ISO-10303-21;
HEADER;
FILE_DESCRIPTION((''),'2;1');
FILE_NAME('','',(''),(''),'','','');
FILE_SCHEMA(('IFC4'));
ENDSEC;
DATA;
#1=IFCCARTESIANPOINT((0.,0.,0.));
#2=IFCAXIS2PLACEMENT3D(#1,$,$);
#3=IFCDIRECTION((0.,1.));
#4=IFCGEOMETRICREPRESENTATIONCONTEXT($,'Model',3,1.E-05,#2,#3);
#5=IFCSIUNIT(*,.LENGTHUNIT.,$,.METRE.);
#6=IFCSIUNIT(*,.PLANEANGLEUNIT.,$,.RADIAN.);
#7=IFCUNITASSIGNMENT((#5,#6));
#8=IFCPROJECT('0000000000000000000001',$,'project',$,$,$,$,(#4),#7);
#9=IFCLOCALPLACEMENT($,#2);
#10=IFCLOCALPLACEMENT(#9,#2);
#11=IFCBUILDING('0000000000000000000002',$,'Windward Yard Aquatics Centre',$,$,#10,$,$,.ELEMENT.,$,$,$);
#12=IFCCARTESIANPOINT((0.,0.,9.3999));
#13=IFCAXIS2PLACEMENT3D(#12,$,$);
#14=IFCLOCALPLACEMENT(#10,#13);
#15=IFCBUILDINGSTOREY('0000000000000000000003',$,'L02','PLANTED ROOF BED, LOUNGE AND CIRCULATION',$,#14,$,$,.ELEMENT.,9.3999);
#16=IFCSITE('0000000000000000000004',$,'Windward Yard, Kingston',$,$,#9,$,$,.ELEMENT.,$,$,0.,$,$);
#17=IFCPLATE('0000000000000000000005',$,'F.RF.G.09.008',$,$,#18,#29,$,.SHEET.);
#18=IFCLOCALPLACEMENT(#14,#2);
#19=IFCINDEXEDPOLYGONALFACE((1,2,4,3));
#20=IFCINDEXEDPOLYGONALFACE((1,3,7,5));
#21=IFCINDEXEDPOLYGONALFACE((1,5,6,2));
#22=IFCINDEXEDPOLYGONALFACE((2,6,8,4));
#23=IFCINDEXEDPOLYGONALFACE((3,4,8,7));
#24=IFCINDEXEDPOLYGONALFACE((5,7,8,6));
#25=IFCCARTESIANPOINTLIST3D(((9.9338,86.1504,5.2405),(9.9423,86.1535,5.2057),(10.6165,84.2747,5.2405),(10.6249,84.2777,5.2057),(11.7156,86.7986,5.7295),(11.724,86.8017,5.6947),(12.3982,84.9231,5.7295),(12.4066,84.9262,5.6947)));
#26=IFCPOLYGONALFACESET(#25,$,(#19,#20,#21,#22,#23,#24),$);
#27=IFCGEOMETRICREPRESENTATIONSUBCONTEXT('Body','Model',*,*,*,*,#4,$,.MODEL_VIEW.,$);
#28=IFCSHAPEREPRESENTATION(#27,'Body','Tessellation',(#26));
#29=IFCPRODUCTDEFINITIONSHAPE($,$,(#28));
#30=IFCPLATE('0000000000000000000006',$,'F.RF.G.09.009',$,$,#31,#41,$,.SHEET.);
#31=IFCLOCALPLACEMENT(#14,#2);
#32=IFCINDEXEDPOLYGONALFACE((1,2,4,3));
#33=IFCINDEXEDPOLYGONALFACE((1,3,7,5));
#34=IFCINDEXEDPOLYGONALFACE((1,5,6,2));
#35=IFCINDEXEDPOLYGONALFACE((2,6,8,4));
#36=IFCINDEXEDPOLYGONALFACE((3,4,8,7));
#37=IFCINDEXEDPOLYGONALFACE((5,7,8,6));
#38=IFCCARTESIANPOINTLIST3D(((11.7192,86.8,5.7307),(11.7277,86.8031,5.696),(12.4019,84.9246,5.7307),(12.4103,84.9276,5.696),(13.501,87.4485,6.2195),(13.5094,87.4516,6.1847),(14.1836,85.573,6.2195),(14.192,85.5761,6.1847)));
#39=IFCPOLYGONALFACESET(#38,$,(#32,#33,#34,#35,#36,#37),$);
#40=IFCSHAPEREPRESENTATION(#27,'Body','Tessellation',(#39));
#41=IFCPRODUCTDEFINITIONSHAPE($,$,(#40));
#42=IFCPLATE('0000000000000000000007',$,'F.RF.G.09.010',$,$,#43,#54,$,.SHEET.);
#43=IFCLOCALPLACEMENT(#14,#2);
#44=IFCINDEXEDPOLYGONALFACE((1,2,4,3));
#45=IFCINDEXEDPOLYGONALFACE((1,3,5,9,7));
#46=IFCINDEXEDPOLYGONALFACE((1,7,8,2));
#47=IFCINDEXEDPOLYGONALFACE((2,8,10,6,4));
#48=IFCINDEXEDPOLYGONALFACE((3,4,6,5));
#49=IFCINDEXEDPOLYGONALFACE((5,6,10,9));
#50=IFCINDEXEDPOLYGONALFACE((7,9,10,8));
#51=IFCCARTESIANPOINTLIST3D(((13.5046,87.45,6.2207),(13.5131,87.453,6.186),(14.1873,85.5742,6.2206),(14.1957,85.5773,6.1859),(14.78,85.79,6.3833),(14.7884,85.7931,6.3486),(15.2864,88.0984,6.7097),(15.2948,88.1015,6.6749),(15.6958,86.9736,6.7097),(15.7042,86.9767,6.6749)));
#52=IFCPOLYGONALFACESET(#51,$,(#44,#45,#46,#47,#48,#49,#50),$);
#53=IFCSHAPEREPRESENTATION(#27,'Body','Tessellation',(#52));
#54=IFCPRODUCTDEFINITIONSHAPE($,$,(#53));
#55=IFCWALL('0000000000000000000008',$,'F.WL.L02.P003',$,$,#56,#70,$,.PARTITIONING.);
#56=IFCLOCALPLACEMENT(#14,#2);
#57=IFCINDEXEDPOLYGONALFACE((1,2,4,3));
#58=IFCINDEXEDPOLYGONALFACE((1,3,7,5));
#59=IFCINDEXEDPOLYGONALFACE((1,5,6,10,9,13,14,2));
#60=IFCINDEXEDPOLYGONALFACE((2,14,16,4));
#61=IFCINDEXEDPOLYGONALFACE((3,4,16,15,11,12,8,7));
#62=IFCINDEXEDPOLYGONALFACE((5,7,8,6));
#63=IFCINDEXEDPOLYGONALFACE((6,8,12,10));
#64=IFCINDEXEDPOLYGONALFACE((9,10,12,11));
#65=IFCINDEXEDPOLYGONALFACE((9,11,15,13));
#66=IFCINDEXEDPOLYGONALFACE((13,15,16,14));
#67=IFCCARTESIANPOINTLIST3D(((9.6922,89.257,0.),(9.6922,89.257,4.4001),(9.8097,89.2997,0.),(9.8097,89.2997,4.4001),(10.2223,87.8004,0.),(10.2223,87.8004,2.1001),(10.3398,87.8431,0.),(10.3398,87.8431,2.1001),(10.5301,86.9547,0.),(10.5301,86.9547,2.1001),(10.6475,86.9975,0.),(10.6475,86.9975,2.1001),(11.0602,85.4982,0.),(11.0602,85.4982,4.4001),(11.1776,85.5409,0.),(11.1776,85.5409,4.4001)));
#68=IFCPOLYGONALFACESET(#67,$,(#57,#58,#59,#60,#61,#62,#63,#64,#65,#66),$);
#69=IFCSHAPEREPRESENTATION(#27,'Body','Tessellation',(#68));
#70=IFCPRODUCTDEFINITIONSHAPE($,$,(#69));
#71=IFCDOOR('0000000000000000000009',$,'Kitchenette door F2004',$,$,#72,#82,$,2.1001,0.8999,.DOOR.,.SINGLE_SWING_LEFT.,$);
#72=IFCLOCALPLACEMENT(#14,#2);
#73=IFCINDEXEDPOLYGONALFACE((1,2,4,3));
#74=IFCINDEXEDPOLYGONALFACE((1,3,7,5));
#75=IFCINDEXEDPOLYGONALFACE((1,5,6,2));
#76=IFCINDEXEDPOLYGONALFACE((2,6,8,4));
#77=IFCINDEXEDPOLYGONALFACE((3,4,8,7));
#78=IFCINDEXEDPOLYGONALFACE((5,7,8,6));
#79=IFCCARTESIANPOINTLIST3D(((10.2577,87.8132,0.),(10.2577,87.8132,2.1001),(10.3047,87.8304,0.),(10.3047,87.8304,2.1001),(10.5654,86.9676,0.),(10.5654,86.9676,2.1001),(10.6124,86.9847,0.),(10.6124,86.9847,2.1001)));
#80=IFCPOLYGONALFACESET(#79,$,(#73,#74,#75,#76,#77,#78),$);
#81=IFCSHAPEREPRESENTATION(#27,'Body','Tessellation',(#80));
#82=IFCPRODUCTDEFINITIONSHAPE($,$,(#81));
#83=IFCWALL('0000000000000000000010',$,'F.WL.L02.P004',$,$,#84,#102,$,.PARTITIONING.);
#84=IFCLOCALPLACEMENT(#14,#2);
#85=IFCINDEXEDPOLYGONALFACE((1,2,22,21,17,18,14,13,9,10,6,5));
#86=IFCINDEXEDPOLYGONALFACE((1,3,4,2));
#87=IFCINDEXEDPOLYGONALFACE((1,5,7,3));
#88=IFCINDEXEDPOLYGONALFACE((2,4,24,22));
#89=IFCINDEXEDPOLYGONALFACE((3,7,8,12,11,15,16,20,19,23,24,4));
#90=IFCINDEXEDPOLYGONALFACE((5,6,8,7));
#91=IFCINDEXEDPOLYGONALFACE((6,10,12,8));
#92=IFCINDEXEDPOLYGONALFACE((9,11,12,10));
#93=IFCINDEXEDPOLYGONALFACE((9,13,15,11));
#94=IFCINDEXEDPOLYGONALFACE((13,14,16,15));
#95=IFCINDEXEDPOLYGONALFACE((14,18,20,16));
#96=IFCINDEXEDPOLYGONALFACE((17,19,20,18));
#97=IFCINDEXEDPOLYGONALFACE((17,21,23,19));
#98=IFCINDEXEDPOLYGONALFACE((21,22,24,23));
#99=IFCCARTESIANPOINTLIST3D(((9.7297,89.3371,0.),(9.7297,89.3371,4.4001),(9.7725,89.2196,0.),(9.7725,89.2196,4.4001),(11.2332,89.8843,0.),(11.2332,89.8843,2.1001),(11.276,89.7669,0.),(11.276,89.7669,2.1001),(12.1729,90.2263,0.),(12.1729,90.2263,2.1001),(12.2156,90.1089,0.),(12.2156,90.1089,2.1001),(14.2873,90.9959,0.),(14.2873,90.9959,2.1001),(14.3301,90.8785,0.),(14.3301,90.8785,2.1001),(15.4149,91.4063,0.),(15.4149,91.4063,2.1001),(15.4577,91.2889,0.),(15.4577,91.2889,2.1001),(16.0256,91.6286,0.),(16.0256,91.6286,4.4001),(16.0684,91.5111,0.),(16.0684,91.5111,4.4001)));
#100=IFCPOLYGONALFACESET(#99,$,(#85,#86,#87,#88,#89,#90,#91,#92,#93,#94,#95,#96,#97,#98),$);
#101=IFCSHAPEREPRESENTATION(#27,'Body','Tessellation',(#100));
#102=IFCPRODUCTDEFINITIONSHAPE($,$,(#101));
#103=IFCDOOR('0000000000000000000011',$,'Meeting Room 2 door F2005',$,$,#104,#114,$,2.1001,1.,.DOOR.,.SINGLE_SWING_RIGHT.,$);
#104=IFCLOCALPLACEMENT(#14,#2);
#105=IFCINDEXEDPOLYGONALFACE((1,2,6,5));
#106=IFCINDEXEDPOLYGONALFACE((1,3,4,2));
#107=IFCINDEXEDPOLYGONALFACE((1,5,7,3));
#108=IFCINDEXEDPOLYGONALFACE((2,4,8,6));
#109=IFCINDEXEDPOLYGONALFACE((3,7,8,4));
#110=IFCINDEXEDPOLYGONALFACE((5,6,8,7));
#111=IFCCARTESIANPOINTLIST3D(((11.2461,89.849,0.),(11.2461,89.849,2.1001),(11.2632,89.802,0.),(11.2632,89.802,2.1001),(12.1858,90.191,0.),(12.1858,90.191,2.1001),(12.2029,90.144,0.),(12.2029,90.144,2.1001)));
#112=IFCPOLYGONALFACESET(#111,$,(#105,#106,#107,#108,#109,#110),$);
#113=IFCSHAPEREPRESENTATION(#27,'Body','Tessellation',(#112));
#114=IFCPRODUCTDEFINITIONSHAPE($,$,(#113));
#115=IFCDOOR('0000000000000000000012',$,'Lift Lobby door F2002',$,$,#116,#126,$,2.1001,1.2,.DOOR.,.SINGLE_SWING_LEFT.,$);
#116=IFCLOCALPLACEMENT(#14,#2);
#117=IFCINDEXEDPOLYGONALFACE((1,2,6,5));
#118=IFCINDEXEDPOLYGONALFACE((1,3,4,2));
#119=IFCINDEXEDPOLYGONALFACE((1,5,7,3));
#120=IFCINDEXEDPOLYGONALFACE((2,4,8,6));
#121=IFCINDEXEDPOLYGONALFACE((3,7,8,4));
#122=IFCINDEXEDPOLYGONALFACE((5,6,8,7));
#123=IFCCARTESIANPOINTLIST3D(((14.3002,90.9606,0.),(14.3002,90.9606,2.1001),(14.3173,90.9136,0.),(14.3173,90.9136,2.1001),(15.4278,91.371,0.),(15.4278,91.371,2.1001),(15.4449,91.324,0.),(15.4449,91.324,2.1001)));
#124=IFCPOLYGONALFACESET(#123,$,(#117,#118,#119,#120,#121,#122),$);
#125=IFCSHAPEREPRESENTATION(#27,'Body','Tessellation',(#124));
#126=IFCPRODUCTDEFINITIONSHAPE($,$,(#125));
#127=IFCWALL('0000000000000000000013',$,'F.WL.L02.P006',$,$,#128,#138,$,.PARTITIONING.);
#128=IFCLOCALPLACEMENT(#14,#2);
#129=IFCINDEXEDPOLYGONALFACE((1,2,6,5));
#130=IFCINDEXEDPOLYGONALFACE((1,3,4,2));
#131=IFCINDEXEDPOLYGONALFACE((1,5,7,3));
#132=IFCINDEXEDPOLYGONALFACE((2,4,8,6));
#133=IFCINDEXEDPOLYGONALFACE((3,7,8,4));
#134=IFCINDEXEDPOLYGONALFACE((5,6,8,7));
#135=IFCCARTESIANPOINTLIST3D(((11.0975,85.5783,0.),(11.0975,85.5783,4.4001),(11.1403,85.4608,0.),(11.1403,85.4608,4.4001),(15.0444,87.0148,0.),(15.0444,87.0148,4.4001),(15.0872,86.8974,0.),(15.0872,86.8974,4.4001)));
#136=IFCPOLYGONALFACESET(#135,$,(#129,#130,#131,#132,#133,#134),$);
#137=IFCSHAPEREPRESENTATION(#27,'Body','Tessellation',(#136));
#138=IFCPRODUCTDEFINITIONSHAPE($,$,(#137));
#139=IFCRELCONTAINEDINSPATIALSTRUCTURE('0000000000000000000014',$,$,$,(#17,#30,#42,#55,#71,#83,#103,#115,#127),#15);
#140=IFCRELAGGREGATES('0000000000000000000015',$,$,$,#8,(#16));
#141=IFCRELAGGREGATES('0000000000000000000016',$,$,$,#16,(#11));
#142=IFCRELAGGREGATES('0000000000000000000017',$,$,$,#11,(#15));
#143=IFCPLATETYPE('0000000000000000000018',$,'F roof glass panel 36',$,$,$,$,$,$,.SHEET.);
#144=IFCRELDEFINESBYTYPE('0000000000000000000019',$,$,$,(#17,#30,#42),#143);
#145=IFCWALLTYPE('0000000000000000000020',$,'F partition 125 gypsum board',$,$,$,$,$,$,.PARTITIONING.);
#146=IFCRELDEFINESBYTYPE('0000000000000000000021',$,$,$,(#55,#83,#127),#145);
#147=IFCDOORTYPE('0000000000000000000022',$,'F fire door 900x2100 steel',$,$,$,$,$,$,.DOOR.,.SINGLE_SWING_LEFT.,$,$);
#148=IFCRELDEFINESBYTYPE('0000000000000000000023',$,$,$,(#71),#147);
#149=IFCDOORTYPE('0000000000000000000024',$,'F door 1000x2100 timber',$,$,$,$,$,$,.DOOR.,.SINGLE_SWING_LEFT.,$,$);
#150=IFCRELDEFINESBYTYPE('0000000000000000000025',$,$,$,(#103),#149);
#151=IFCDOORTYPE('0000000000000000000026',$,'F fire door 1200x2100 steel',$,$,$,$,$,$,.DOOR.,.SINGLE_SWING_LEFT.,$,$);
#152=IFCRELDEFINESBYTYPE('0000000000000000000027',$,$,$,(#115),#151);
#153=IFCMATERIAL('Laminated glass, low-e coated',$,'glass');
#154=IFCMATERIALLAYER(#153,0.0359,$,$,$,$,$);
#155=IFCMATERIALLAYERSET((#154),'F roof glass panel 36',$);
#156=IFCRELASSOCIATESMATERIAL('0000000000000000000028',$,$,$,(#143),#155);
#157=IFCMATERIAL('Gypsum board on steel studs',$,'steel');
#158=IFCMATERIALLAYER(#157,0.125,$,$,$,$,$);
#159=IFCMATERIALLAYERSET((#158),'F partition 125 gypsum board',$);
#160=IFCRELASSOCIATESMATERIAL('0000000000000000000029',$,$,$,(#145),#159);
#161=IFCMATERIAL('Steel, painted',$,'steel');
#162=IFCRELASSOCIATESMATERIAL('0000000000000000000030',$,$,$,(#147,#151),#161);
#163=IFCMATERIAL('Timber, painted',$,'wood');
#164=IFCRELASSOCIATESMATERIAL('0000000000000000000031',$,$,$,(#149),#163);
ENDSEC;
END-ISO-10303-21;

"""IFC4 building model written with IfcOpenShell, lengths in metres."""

from ifc_helpers import new_model, si_unit, direction, frame, frame_2d, origin, place, context, subcontext, project, spatial, polyline, rectangle, outline, extrude, material, layer, layer_set, type_object, element, fill, save


model = new_model("IFC4")

# Units and contexts
model_context = context("Model", 3, precision=1e-05, world=origin(), true_north=direction((0.0, 1.0)))
body_context = subcontext(model_context, "Body", "Model", "MODEL_VIEW")
ifc_project = project(units=[si_unit("LENGTHUNIT", "METRE"), si_unit("PLANEANGLEUNIT", "RADIAN")], contexts=[model_context])

# Site, building, storey
site_placement = place(None, origin())
site = spatial("IfcSite", under=ifc_project, at=site_placement, Name="Windward Yard, Kingston", CompositionType="ELEMENT", RefElevation=0.0)
building_placement = place(site_placement, origin())
building = spatial("IfcBuilding", under=site, at=building_placement, Name="Windward Yard Aquatics Centre", CompositionType="ELEMENT")
storey_placement = place(building_placement, frame((0.0, 0.0, 9.3999)))
storey = spatial("IfcBuildingStorey", under=building, at=storey_placement, Name="L02", Description="PLANTED ROOF BED, LOUNGE AND CIRCULATION", CompositionType="ELEMENT", Elevation=9.3999)

# Plates
ifc_material_1 = material(Name="Laminated glass, low-e coated", Category="glass")
ifc_layer_1 = layer(ifc_material_1, 0.0359)
ifc_layer_set_1 = layer_set([ifc_layer_1], Name="F roof glass panel 36")
plate_type = type_object("IfcPlateType", Name="F roof glass panel 36", PredefinedType="SHEET", material=ifc_layer_set_1)
plate_1_placement = place(storey_placement, frame((9.9338, 86.1504, 5.2405), z_axis=(-0.234683, -0.085412, 0.968312), x_axis=(0.909966, 0.331044, 0.249743)))
element("IfcPlate", 1, at=plate_1_placement, inside=storey, type_object=plate_type, Name="F.RF.G.09.008", PredefinedType="SHEET", context=body_context, shape_type="SweptSolid", body=[
    extrude(outline(polyline([(0.0, 0.0), (1.958, 0.0), (1.9583, -1.9959), (0.0002, -1.9961), (0.0, 0.0)])), origin(), (0.0, 0.0, -1.0), 0.0359),
])
plate_2_placement = place(storey_placement, frame((11.7192, 86.8, 5.7307), z_axis=(-0.234567, -0.085375, 0.968344), x_axis=(0.909956, 0.331165, 0.249621)))
element("IfcPlate", 2, at=plate_2_placement, inside=storey, type_object=plate_type, Name="F.RF.G.09.009", PredefinedType="SHEET", context=body_context, shape_type="SweptSolid", body=[
    extrude(outline(polyline([(0.0, 0.0), (1.9581, 0.0), (1.9581, -1.9959), (0.0001, -1.9959), (0.0, 0.0)])), origin(), (0.0, 0.0, -1.0), 0.0359),
])
plate_3_placement = place(storey_placement, frame((13.5046, 87.45, 6.2207), z_axis=(-0.234652, -0.08543, 0.968318), x_axis=(0.909932, 0.331156, 0.249719)))
element("IfcPlate", 3, at=plate_3_placement, inside=storey, type_object=plate_type, Name="F.RF.G.09.010", PredefinedType="SHEET", context=body_context, shape_type="SweptSolid", body=[
    extrude(outline(polyline([(0.0, 0.0), (1.9581, 0.0), (1.9582, -1.197), (0.6514, -1.996), (0.0, -1.9961), (0.0, 0.0)])), origin(), (0.0, 0.0, -1.0), 0.0359),
])

# Wall, opening, door
ifc_material_2 = material(Name="Gypsum board on steel studs", Category="steel")
ifc_layer_2 = layer(ifc_material_2, 0.125)
ifc_layer_set_2 = layer_set([ifc_layer_2], Name="F partition 125 gypsum board")
wall_type = type_object("IfcWallType", Name="F partition 125 gypsum board", PredefinedType="PARTITIONING", material=ifc_layer_set_2)
wall_1_placement = place(storey_placement, frame((11.1189, 85.5195, 0.0), z_axis=(0.0, 0.0, 1.0), x_axis=(-0.341983, 0.939706, 0.0)))
wall_1 = element("IfcWall", 4, at=wall_1_placement, inside=storey, type_object=wall_type, Name="F.WL.L02.P003", PredefinedType="PARTITIONING", context=body_context, shape_type="SweptSolid", body=[
    extrude(rectangle(XDim=4.0, YDim=0.125, at=frame_2d((2.0, 0.0))), origin(), (0.0, 0.0, 1.0), 4.4001),
])
opening_1_placement = place(wall_1_placement, frame((1.55, 0.0, 0.0)))
opening_1 = element("IfcOpeningElement", 5, at=opening_1_placement, cuts=wall_1, PredefinedType="OPENING", context=body_context, shape_type="SweptSolid", body=[
    extrude(rectangle(XDim=0.8999, YDim=2.1001, at=frame_2d((0.45, 1.05))), frame((0.0, 0.0725, 0.0), z_axis=(0.0, -1.0, 0.0), x_axis=(1.0, 0.0, 0.0)), (0.0, 0.0, 1.0), 0.145),
])
ifc_material_3 = material(Name="Steel, painted", Category="steel")
door_type_1 = type_object("IfcDoorType", Name="F fire door 900x2100 steel", OperationType="SINGLE_SWING_LEFT", PredefinedType="DOOR", material=ifc_material_3)
door_1_placement = place(opening_1_placement, origin())
door_1 = element("IfcDoor", 6, at=door_1_placement, inside=storey, type_object=door_type_1, Name="Kitchenette door F2004", OperationType="SINGLE_SWING_LEFT", OverallHeight=2.1001, OverallWidth=0.8999, PredefinedType="DOOR", context=body_context, shape_type="SweptSolid", body=[
    extrude(rectangle(XDim=0.8999, YDim=2.1001, at=frame_2d((0.45, 1.05))), frame((0.0, 0.0249, 0.0), z_axis=(0.0, -1.0, 0.0), x_axis=(1.0, 0.0, 0.0)), (0.0, 0.0, 1.0), 0.05),
])
fill(opening_1, door_1)

# Wall, openings, doors
wall_2_placement = place(storey_placement, frame((9.751, 89.2783, 0.0), z_axis=(0.0, 0.0, 1.0), x_axis=(0.939693, 0.342018, 0.0)))
wall_2 = element("IfcWall", 7, at=wall_2_placement, inside=storey, type_object=wall_type, Name="F.WL.L02.P004", PredefinedType="PARTITIONING", context=body_context, shape_type="SweptSolid", body=[
    extrude(rectangle(XDim=6.7, YDim=0.125, at=frame_2d((3.3501, 0.0))), origin(), (0.0, 0.0, 1.0), 4.4001),
])
opening_2_placement = place(wall_2_placement, frame((4.8501, 0.0, 0.0)))
opening_2 = element("IfcOpeningElement", 8, at=opening_2_placement, cuts=wall_2, PredefinedType="OPENING", context=body_context, shape_type="SweptSolid", body=[
    extrude(rectangle(XDim=1.2, YDim=2.1001, at=frame_2d((0.6001, 1.05))), frame((0.0, 0.0725, 0.0), z_axis=(0.0, -1.0, 0.0), x_axis=(1.0, 0.0, 0.0)), (0.0, 0.0, 1.0), 0.145),
])
opening_3_placement = place(wall_2_placement, frame((1.6001, 0.0, 0.0)))
opening_3 = element("IfcOpeningElement", 9, at=opening_3_placement, cuts=wall_2, PredefinedType="OPENING", context=body_context, shape_type="SweptSolid", body=[
    extrude(rectangle(XDim=1.0, YDim=2.1001, at=frame_2d((0.5, 1.05))), frame((0.0, 0.0725, 0.0), z_axis=(0.0, -1.0, 0.0), x_axis=(1.0, 0.0, 0.0)), (0.0, 0.0, 1.0), 0.145),
])
ifc_material_4 = material(Name="Timber, painted", Category="wood")
door_type_2 = type_object("IfcDoorType", Name="F door 1000x2100 timber", OperationType="SINGLE_SWING_LEFT", PredefinedType="DOOR", material=ifc_material_4)
door_2_placement = place(opening_3_placement, origin())
door_2 = element("IfcDoor", 10, at=door_2_placement, inside=storey, type_object=door_type_2, Name="Meeting Room 2 door F2005", OperationType="SINGLE_SWING_RIGHT", OverallHeight=2.1001, OverallWidth=1.0, PredefinedType="DOOR", context=body_context, shape_type="SweptSolid", body=[
    extrude(rectangle(XDim=1.0, YDim=2.1001, at=frame_2d((0.5, 1.05))), frame((0.0, 0.0249, 0.0), z_axis=(0.0, -1.0, 0.0), x_axis=(1.0, 0.0, 0.0)), (0.0, 0.0, 1.0), 0.05),
])
fill(opening_3, door_2)
door_type_3 = type_object("IfcDoorType", Name="F fire door 1200x2100 steel", OperationType="SINGLE_SWING_LEFT", PredefinedType="DOOR", material=ifc_material_3)
door_3_placement = place(opening_2_placement, origin())
door_3 = element("IfcDoor", 11, at=door_3_placement, inside=storey, type_object=door_type_3, Name="Lift Lobby door F2002", OperationType="SINGLE_SWING_LEFT", OverallHeight=2.1001, OverallWidth=1.2, PredefinedType="DOOR", context=body_context, shape_type="SweptSolid", body=[
    extrude(rectangle(XDim=1.2, YDim=2.1001, at=frame_2d((0.6001, 1.05))), frame((0.0, 0.0249, 0.0), z_axis=(0.0, -1.0, 0.0), x_axis=(1.0, 0.0, 0.0)), (0.0, 0.0, 1.0), 0.05),
])
fill(opening_2, door_3)

# Wall
wall_3_placement = place(storey_placement, frame((11.1189, 85.5195, 0.0), z_axis=(0.0, 0.0, 1.0), x_axis=(0.939692, 0.342023, 0.0)))
element("IfcWall", 12, at=wall_3_placement, inside=storey, type_object=wall_type, Name="F.WL.L02.P006", PredefinedType="PARTITIONING", context=body_context, shape_type="SweptSolid", body=[
    extrude(rectangle(XDim=4.2002, YDim=0.125, at=frame_2d((2.1001, 0.0))), origin(), (0.0, 0.0, 1.0), 4.4001),
])

save(model, "model.ifc")
